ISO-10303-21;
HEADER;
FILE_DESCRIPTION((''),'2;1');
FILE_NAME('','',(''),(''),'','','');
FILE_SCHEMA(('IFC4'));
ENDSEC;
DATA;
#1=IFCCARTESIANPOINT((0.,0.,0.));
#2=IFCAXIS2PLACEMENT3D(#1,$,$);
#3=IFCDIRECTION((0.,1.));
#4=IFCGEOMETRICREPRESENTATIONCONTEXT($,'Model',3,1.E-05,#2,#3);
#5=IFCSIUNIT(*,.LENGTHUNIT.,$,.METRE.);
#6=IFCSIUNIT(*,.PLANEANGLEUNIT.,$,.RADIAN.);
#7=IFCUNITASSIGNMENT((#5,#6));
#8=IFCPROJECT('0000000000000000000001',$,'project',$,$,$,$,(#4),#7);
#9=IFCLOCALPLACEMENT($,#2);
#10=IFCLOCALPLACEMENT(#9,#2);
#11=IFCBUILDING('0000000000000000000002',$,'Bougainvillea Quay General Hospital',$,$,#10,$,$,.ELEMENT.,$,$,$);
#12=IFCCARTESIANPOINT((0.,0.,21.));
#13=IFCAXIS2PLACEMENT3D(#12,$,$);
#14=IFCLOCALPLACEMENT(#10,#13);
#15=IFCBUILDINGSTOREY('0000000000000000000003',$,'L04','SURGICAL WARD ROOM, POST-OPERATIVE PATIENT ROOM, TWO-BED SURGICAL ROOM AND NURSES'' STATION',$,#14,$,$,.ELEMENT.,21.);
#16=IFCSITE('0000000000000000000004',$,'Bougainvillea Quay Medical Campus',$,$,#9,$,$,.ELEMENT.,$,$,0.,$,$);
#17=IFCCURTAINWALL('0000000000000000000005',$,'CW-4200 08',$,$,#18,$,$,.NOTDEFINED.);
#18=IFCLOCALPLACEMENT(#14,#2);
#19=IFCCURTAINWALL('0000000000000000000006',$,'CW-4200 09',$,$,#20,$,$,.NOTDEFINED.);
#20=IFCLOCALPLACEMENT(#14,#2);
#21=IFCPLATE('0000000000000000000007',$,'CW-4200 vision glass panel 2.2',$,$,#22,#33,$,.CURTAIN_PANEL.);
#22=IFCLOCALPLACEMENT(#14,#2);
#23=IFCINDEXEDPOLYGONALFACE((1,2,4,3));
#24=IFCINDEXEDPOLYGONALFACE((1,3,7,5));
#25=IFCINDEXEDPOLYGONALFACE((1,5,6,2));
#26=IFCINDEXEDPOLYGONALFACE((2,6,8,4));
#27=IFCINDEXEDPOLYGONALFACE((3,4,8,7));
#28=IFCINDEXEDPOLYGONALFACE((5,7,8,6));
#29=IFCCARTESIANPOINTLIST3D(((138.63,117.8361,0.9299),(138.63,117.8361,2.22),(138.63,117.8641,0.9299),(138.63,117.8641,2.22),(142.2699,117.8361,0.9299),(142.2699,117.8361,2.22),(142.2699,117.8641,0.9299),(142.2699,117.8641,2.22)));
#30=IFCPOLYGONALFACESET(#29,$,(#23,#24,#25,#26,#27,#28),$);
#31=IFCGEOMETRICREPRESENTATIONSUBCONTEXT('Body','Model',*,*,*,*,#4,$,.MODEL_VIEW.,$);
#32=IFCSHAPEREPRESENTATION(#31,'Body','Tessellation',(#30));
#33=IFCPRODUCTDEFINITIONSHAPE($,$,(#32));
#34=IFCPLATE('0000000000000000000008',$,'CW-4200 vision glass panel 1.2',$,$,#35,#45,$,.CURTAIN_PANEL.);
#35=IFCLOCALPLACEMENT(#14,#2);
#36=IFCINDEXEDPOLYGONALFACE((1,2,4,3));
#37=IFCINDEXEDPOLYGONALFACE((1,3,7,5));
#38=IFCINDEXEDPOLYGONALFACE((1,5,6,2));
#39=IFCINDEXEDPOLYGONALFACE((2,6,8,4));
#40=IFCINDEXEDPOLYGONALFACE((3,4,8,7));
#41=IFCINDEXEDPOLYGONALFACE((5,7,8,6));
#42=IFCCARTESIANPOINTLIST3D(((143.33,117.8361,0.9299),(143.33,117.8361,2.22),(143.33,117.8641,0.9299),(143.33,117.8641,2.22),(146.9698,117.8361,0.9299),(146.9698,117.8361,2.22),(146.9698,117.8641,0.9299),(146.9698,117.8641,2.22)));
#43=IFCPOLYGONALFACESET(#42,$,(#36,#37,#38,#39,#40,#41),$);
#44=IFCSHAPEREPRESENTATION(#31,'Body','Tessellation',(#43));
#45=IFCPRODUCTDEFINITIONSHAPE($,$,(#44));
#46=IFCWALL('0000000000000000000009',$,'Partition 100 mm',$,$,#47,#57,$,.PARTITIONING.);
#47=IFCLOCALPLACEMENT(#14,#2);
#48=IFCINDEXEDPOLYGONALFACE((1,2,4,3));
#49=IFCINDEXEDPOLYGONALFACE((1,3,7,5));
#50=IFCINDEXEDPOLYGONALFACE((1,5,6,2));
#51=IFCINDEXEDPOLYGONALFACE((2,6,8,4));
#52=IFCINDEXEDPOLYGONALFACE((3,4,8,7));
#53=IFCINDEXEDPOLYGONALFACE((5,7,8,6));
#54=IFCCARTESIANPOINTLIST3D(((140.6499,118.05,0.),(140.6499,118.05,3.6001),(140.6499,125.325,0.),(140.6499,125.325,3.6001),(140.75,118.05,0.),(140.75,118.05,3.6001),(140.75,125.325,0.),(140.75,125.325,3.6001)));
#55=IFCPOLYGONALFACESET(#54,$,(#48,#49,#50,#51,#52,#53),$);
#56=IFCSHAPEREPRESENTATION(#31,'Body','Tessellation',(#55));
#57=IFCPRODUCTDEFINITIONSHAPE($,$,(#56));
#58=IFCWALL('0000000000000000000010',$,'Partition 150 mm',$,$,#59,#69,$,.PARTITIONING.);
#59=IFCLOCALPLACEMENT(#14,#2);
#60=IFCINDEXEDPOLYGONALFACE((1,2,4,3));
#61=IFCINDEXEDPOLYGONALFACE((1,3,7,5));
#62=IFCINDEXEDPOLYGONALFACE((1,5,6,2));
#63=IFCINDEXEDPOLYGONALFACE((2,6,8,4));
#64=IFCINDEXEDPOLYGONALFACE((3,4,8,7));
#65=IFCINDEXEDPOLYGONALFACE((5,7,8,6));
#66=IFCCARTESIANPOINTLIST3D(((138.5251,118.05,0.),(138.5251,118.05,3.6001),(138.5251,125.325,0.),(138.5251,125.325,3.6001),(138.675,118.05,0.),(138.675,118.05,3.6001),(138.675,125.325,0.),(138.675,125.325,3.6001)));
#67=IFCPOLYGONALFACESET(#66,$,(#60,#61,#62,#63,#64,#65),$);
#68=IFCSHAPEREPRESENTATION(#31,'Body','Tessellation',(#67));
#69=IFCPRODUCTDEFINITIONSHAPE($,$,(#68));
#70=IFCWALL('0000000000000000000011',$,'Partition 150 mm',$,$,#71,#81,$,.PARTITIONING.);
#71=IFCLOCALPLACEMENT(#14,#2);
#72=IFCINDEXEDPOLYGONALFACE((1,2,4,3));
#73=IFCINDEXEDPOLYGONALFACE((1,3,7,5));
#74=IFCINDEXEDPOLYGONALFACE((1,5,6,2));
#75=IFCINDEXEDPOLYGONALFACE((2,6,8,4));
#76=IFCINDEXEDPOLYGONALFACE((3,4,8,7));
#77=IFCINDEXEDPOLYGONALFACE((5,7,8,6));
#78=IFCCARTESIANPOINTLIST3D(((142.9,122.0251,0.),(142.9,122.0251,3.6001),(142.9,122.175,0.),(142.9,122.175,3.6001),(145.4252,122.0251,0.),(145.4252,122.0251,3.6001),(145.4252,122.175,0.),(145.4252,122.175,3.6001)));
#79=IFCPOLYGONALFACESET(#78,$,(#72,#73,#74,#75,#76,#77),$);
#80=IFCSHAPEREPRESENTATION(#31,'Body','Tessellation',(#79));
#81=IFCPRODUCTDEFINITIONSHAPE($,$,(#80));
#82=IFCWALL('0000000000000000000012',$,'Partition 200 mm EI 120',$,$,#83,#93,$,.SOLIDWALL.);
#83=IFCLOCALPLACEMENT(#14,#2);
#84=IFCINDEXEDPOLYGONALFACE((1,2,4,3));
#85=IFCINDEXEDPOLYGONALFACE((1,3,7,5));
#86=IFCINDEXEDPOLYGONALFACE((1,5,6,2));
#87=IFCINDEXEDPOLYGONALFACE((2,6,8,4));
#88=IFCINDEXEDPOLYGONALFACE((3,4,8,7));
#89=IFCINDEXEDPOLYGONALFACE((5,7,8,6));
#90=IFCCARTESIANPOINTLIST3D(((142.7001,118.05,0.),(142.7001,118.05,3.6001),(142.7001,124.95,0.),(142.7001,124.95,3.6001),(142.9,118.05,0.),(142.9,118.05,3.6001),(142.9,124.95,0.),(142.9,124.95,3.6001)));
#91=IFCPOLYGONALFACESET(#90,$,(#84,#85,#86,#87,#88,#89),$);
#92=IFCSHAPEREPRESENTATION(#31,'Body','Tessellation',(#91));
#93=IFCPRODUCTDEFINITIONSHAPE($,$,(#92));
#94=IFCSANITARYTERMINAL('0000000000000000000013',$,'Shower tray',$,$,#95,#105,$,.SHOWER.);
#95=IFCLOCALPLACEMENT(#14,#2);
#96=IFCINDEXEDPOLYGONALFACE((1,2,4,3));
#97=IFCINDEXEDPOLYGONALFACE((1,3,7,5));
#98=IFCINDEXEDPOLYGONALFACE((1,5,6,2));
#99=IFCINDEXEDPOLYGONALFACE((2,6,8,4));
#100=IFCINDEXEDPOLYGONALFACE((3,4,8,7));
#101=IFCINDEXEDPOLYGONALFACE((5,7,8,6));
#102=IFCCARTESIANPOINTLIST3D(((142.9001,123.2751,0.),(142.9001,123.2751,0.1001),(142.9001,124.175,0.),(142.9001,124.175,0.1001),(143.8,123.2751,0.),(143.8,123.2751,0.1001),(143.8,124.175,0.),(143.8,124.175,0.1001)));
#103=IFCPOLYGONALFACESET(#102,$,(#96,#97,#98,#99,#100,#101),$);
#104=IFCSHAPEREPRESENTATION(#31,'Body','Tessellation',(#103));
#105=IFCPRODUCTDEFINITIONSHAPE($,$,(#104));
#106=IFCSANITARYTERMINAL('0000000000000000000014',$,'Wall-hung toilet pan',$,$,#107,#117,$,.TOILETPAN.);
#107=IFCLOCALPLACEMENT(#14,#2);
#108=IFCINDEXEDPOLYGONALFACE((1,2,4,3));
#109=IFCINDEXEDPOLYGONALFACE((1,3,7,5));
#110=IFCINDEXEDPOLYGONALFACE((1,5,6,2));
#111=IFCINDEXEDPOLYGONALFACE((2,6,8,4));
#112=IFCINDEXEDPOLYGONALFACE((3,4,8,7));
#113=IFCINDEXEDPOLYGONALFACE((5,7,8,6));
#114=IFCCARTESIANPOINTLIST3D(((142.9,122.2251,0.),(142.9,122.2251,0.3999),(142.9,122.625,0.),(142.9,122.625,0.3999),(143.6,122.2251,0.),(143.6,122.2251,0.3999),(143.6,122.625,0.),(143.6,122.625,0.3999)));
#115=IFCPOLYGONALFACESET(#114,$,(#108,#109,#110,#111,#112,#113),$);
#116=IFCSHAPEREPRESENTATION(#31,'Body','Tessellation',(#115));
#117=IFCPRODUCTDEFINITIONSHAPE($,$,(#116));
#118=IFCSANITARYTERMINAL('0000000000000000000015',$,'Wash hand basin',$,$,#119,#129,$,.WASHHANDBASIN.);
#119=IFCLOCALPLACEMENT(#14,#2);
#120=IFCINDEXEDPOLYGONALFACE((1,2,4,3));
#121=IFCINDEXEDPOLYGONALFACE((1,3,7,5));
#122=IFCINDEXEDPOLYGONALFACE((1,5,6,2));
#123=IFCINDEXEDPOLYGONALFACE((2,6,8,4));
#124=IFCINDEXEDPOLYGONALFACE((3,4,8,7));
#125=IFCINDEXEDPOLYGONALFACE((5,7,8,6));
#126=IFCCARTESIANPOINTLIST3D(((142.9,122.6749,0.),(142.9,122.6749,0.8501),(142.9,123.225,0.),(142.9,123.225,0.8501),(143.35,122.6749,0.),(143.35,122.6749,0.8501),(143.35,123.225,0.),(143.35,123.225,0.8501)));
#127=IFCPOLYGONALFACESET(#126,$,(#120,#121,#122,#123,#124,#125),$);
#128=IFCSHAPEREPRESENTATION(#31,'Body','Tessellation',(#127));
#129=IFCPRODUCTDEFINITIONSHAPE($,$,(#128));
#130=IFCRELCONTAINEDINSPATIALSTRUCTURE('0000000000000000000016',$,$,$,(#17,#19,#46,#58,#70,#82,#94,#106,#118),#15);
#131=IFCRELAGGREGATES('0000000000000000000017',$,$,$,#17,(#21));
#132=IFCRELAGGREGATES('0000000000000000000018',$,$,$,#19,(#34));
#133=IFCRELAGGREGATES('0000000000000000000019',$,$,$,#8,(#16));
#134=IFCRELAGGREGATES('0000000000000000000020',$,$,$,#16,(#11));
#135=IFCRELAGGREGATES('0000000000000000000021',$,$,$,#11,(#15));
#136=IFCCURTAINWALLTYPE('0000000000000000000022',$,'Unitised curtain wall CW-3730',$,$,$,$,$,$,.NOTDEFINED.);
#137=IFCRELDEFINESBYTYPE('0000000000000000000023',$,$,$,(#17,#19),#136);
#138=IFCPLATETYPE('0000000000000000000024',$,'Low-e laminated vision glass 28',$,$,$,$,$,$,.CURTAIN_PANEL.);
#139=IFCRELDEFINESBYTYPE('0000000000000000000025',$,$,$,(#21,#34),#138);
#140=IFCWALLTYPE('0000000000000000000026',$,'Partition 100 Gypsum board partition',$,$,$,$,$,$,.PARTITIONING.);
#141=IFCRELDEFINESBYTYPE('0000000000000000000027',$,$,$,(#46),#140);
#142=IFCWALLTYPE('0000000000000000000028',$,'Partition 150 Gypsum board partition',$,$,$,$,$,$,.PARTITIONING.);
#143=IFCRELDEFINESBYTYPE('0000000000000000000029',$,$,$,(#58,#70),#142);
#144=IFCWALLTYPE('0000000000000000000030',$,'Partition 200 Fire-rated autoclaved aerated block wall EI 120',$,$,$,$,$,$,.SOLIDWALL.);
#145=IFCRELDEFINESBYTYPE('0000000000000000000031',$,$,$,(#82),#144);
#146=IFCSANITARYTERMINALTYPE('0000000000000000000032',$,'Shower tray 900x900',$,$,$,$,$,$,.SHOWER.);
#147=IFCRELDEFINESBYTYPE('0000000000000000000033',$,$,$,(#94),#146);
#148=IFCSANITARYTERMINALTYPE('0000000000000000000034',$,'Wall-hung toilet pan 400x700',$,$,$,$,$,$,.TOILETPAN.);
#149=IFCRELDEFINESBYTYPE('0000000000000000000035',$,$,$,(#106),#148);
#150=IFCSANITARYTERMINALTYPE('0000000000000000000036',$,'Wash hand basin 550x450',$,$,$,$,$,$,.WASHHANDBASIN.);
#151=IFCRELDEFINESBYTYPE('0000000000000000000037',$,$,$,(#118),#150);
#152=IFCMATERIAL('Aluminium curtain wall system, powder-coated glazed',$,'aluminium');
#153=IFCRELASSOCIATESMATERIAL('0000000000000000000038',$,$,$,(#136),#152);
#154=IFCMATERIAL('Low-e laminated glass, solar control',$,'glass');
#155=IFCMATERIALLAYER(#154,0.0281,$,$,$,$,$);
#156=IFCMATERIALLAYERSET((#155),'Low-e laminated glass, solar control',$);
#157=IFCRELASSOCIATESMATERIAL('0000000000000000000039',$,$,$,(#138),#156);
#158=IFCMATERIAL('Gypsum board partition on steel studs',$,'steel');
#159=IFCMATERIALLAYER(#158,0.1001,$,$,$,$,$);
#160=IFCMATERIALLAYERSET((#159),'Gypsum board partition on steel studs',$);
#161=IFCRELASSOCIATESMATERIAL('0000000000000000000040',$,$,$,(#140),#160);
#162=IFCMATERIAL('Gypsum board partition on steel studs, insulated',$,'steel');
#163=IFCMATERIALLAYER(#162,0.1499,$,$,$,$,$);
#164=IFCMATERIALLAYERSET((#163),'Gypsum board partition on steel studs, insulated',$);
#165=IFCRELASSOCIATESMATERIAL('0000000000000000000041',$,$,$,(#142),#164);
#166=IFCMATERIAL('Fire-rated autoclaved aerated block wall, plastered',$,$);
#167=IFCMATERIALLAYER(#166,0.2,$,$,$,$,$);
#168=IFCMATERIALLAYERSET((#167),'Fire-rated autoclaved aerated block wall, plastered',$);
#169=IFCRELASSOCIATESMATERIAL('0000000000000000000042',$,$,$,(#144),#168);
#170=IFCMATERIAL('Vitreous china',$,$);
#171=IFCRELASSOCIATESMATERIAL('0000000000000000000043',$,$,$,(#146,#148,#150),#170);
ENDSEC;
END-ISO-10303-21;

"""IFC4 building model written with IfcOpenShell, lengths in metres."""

from ifc_helpers import new_model, si_unit, direction, frame, frame_2d, origin, origin_2d, place, context, subcontext, project, spatial, rectangle, extrude, material, layer, layer_set, type_object, element, aggregate, save


model = new_model("IFC4")

# Units and contexts
model_context = context("Model", 3, precision=1e-05, world=origin(), true_north=direction((0.0, 1.0)))
body_context = subcontext(model_context, "Body", "Model", "MODEL_VIEW")
ifc_project = project(units=[si_unit("LENGTHUNIT", "METRE"), si_unit("PLANEANGLEUNIT", "RADIAN")], contexts=[model_context])

# Site, building, storey
site_placement = place(None, origin())
site = spatial("IfcSite", under=ifc_project, at=site_placement, Name="Bougainvillea Quay Medical Campus", CompositionType="ELEMENT", RefElevation=0.0)
building_placement = place(site_placement, origin())
building = spatial("IfcBuilding", under=site, at=building_placement, Name="Bougainvillea Quay General Hospital", CompositionType="ELEMENT")
storey_placement = place(building_placement, frame((0.0, 0.0, 21.0)))
storey = spatial("IfcBuildingStorey", under=building, at=storey_placement, Name="L04", Description="SURGICAL WARD ROOM, POST-OPERATIVE PATIENT ROOM, TWO-BED SURGICAL ROOM AND NURSES' STATION", CompositionType="ELEMENT", Elevation=21.0)

# Curtain walls
ifc_material_1 = material(Name="Aluminium curtain wall system, powder-coated glazed", Category="aluminium")
curtain_wall_type = type_object("IfcCurtainWallType", Name="Unitised curtain wall CW-3730", PredefinedType="NOTDEFINED", material=ifc_material_1)
curtain_wall_1_placement = place(storey_placement, origin())
curtain_wall_1 = element("IfcCurtainWall", 1, at=curtain_wall_1_placement, inside=storey, type_object=curtain_wall_type, Name="CW-4200 08", PredefinedType="NOTDEFINED")
curtain_wall_2_placement = place(storey_placement, origin())
curtain_wall_2 = element("IfcCurtainWall", 2, at=curtain_wall_2_placement, inside=storey, type_object=curtain_wall_type, Name="CW-4200 09", PredefinedType="NOTDEFINED")

# Plates
ifc_material_2 = material(Name="Low-e laminated glass, solar control", Category="glass")
ifc_layer_1 = layer(ifc_material_2, 0.0281)
ifc_layer_set_1 = layer_set([ifc_layer_1], Name="Low-e laminated glass, solar control")
plate_type_1 = type_object("IfcPlateType", Name="Low-e laminated vision glass 28", PredefinedType="CURTAIN_PANEL", material=ifc_layer_set_1)
plate_1_placement = place(storey_placement, frame((140.45, 117.8501, 0.9299), z_axis=(0.0, 0.0, 1.0), x_axis=(1.0, 0.0, 0.0)))
plate_1 = element("IfcPlate", 3, at=plate_1_placement, type_object=plate_type_1, Name="CW-4200 vision glass panel 2.2", PredefinedType="CURTAIN_PANEL", context=body_context, shape_type="SweptSolid", body=[
    extrude(rectangle(XDim=3.6399, YDim=0.0281, at=origin_2d()), origin(), (0.0, 0.0, 1.0), 1.29),
])
aggregate(curtain_wall_1, [plate_1])
plate_2_placement = place(storey_placement, frame((145.1499, 117.8501, 0.9299), z_axis=(0.0, 0.0, 1.0), x_axis=(1.0, 0.0, 0.0)))
plate_2 = element("IfcPlate", 4, at=plate_2_placement, type_object=plate_type_1, Name="CW-4200 vision glass panel 1.2", PredefinedType="CURTAIN_PANEL", context=body_context, shape_type="SweptSolid", body=[
    extrude(rectangle(XDim=3.6399, YDim=0.0281, at=origin_2d()), origin(), (0.0, 0.0, 1.0), 1.29),
])
aggregate(curtain_wall_2, [plate_2])

# Walls
ifc_material_3 = material(Name="Gypsum board partition on steel studs", Category="steel")
ifc_layer_2 = layer(ifc_material_3, 0.1001)
ifc_layer_set_2 = layer_set([ifc_layer_2], Name="Gypsum board partition on steel studs")
wall_type_1 = type_object("IfcWallType", Name="Partition 100 Gypsum board partition", PredefinedType="PARTITIONING", material=ifc_layer_set_2)
wall_1_placement = place(storey_placement, frame((140.7, 118.05, 0.0), z_axis=(0.0, 0.0, 1.0), x_axis=(0.0, 1.0, 0.0)))
element("IfcWall", 5, at=wall_1_placement, inside=storey, type_object=wall_type_1, Name="Partition 100 mm", PredefinedType="PARTITIONING", context=body_context, shape_type="SweptSolid", body=[
    extrude(rectangle(XDim=7.2749, YDim=0.1001, at=frame_2d((3.6375, 0.0))), origin(), (0.0, 0.0, 1.0), 3.6001),
])
ifc_material_4 = material(Name="Gypsum board partition on steel studs, insulated", Category="steel")
ifc_layer_3 = layer(ifc_material_4, 0.1499)
ifc_layer_set_3 = layer_set([ifc_layer_3], Name="Gypsum board partition on steel studs, insulated")
wall_type_2 = type_object("IfcWallType", Name="Partition 150 Gypsum board partition", PredefinedType="PARTITIONING", material=ifc_layer_set_3)
wall_2_placement = place(storey_placement, frame((138.6001, 118.05, 0.0), z_axis=(0.0, 0.0, 1.0), x_axis=(0.0, 1.0, 0.0)))
element("IfcWall", 6, at=wall_2_placement, inside=storey, type_object=wall_type_2, Name="Partition 150 mm", PredefinedType="PARTITIONING", context=body_context, shape_type="SweptSolid", body=[
    extrude(rectangle(XDim=7.2749, YDim=0.1499, at=frame_2d((3.6375, 0.0))), origin(), (0.0, 0.0, 1.0), 3.6001),
])
wall_3_placement = place(storey_placement, frame((142.8999, 122.1001, 0.0), z_axis=(0.0, 0.0, 1.0), x_axis=(1.0, 0.0, 0.0)))
element("IfcWall", 7, at=wall_3_placement, inside=storey, type_object=wall_type_2, Name="Partition 150 mm", PredefinedType="PARTITIONING", context=body_context, shape_type="SweptSolid", body=[
    extrude(rectangle(XDim=2.5251, YDim=0.1499, at=frame_2d((1.2627, 0.0))), origin(), (0.0, 0.0, 1.0), 3.6001),
])
ifc_material_5 = material(Name="Fire-rated autoclaved aerated block wall, plastered")
ifc_layer_4 = layer(ifc_material_5, 0.2)
ifc_layer_set_4 = layer_set([ifc_layer_4], Name="Fire-rated autoclaved aerated block wall, plastered")
wall_type_3 = type_object("IfcWallType", Name="Partition 200 Fire-rated autoclaved aerated block wall EI 120", PredefinedType="SOLIDWALL", material=ifc_layer_set_4)
wall_4_placement = place(storey_placement, frame((142.8, 124.95, 0.0), z_axis=(0.0, 0.0, 1.0), x_axis=(0.0, -1.0, 0.0)))
element("IfcWall", 8, at=wall_4_placement, inside=storey, type_object=wall_type_3, Name="Partition 200 mm EI 120", PredefinedType="SOLIDWALL", context=body_context, shape_type="SweptSolid", body=[
    extrude(rectangle(XDim=6.8999, YDim=0.2, at=frame_2d((3.45, 0.0))), origin(), (0.0, 0.0, 1.0), 3.6001),
])

# Sanitary terminals
ifc_material_6 = material(Name="Vitreous china")
sanitary_terminal_type_1 = type_object("IfcSanitaryTerminalType", Name="Shower tray 900x900", PredefinedType="SHOWER", material=ifc_material_6)
sanitary_terminal_1_placement = place(storey_placement, frame((143.3501, 123.7251, 0.0), z_axis=(0.0, 0.0, 1.0), x_axis=(0.0, 1.0, 0.0)))
element("IfcSanitaryTerminal", 9, at=sanitary_terminal_1_placement, inside=storey, type_object=sanitary_terminal_type_1, Name="Shower tray", PredefinedType="SHOWER", context=body_context, shape_type="SweptSolid", body=[
    extrude(rectangle(XDim=0.8999, YDim=0.8999, at=origin_2d()), origin(), (0.0, 0.0, 1.0), 0.1001),
])
sanitary_terminal_type_2 = type_object("IfcSanitaryTerminalType", Name="Wall-hung toilet pan 400x700", PredefinedType="TOILETPAN", material=ifc_material_6)
sanitary_terminal_2_placement = place(storey_placement, frame((143.25, 122.425, 0.0), z_axis=(0.0, 0.0, 1.0), x_axis=(0.0, 1.0, 0.0)))
element("IfcSanitaryTerminal", 10, at=sanitary_terminal_2_placement, inside=storey, type_object=sanitary_terminal_type_2, Name="Wall-hung toilet pan", PredefinedType="TOILETPAN", context=body_context, shape_type="SweptSolid", body=[
    extrude(rectangle(XDim=0.3999, YDim=0.7, at=origin_2d()), origin(), (0.0, 0.0, 1.0), 0.3999),
])
sanitary_terminal_type_3 = type_object("IfcSanitaryTerminalType", Name="Wash hand basin 550x450", PredefinedType="WASHHANDBASIN", material=ifc_material_6)
sanitary_terminal_3_placement = place(storey_placement, frame((143.125, 122.95, 0.0), z_axis=(0.0, 0.0, 1.0), x_axis=(0.0, 1.0, 0.0)))
element("IfcSanitaryTerminal", 11, at=sanitary_terminal_3_placement, inside=storey, type_object=sanitary_terminal_type_3, Name="Wash hand basin", PredefinedType="WASHHANDBASIN", context=body_context, shape_type="SweptSolid", body=[
    extrude(rectangle(XDim=0.55, YDim=0.45, at=origin_2d()), origin(), (0.0, 0.0, 1.0), 0.8501),
])

save(model, "model.ifc")
